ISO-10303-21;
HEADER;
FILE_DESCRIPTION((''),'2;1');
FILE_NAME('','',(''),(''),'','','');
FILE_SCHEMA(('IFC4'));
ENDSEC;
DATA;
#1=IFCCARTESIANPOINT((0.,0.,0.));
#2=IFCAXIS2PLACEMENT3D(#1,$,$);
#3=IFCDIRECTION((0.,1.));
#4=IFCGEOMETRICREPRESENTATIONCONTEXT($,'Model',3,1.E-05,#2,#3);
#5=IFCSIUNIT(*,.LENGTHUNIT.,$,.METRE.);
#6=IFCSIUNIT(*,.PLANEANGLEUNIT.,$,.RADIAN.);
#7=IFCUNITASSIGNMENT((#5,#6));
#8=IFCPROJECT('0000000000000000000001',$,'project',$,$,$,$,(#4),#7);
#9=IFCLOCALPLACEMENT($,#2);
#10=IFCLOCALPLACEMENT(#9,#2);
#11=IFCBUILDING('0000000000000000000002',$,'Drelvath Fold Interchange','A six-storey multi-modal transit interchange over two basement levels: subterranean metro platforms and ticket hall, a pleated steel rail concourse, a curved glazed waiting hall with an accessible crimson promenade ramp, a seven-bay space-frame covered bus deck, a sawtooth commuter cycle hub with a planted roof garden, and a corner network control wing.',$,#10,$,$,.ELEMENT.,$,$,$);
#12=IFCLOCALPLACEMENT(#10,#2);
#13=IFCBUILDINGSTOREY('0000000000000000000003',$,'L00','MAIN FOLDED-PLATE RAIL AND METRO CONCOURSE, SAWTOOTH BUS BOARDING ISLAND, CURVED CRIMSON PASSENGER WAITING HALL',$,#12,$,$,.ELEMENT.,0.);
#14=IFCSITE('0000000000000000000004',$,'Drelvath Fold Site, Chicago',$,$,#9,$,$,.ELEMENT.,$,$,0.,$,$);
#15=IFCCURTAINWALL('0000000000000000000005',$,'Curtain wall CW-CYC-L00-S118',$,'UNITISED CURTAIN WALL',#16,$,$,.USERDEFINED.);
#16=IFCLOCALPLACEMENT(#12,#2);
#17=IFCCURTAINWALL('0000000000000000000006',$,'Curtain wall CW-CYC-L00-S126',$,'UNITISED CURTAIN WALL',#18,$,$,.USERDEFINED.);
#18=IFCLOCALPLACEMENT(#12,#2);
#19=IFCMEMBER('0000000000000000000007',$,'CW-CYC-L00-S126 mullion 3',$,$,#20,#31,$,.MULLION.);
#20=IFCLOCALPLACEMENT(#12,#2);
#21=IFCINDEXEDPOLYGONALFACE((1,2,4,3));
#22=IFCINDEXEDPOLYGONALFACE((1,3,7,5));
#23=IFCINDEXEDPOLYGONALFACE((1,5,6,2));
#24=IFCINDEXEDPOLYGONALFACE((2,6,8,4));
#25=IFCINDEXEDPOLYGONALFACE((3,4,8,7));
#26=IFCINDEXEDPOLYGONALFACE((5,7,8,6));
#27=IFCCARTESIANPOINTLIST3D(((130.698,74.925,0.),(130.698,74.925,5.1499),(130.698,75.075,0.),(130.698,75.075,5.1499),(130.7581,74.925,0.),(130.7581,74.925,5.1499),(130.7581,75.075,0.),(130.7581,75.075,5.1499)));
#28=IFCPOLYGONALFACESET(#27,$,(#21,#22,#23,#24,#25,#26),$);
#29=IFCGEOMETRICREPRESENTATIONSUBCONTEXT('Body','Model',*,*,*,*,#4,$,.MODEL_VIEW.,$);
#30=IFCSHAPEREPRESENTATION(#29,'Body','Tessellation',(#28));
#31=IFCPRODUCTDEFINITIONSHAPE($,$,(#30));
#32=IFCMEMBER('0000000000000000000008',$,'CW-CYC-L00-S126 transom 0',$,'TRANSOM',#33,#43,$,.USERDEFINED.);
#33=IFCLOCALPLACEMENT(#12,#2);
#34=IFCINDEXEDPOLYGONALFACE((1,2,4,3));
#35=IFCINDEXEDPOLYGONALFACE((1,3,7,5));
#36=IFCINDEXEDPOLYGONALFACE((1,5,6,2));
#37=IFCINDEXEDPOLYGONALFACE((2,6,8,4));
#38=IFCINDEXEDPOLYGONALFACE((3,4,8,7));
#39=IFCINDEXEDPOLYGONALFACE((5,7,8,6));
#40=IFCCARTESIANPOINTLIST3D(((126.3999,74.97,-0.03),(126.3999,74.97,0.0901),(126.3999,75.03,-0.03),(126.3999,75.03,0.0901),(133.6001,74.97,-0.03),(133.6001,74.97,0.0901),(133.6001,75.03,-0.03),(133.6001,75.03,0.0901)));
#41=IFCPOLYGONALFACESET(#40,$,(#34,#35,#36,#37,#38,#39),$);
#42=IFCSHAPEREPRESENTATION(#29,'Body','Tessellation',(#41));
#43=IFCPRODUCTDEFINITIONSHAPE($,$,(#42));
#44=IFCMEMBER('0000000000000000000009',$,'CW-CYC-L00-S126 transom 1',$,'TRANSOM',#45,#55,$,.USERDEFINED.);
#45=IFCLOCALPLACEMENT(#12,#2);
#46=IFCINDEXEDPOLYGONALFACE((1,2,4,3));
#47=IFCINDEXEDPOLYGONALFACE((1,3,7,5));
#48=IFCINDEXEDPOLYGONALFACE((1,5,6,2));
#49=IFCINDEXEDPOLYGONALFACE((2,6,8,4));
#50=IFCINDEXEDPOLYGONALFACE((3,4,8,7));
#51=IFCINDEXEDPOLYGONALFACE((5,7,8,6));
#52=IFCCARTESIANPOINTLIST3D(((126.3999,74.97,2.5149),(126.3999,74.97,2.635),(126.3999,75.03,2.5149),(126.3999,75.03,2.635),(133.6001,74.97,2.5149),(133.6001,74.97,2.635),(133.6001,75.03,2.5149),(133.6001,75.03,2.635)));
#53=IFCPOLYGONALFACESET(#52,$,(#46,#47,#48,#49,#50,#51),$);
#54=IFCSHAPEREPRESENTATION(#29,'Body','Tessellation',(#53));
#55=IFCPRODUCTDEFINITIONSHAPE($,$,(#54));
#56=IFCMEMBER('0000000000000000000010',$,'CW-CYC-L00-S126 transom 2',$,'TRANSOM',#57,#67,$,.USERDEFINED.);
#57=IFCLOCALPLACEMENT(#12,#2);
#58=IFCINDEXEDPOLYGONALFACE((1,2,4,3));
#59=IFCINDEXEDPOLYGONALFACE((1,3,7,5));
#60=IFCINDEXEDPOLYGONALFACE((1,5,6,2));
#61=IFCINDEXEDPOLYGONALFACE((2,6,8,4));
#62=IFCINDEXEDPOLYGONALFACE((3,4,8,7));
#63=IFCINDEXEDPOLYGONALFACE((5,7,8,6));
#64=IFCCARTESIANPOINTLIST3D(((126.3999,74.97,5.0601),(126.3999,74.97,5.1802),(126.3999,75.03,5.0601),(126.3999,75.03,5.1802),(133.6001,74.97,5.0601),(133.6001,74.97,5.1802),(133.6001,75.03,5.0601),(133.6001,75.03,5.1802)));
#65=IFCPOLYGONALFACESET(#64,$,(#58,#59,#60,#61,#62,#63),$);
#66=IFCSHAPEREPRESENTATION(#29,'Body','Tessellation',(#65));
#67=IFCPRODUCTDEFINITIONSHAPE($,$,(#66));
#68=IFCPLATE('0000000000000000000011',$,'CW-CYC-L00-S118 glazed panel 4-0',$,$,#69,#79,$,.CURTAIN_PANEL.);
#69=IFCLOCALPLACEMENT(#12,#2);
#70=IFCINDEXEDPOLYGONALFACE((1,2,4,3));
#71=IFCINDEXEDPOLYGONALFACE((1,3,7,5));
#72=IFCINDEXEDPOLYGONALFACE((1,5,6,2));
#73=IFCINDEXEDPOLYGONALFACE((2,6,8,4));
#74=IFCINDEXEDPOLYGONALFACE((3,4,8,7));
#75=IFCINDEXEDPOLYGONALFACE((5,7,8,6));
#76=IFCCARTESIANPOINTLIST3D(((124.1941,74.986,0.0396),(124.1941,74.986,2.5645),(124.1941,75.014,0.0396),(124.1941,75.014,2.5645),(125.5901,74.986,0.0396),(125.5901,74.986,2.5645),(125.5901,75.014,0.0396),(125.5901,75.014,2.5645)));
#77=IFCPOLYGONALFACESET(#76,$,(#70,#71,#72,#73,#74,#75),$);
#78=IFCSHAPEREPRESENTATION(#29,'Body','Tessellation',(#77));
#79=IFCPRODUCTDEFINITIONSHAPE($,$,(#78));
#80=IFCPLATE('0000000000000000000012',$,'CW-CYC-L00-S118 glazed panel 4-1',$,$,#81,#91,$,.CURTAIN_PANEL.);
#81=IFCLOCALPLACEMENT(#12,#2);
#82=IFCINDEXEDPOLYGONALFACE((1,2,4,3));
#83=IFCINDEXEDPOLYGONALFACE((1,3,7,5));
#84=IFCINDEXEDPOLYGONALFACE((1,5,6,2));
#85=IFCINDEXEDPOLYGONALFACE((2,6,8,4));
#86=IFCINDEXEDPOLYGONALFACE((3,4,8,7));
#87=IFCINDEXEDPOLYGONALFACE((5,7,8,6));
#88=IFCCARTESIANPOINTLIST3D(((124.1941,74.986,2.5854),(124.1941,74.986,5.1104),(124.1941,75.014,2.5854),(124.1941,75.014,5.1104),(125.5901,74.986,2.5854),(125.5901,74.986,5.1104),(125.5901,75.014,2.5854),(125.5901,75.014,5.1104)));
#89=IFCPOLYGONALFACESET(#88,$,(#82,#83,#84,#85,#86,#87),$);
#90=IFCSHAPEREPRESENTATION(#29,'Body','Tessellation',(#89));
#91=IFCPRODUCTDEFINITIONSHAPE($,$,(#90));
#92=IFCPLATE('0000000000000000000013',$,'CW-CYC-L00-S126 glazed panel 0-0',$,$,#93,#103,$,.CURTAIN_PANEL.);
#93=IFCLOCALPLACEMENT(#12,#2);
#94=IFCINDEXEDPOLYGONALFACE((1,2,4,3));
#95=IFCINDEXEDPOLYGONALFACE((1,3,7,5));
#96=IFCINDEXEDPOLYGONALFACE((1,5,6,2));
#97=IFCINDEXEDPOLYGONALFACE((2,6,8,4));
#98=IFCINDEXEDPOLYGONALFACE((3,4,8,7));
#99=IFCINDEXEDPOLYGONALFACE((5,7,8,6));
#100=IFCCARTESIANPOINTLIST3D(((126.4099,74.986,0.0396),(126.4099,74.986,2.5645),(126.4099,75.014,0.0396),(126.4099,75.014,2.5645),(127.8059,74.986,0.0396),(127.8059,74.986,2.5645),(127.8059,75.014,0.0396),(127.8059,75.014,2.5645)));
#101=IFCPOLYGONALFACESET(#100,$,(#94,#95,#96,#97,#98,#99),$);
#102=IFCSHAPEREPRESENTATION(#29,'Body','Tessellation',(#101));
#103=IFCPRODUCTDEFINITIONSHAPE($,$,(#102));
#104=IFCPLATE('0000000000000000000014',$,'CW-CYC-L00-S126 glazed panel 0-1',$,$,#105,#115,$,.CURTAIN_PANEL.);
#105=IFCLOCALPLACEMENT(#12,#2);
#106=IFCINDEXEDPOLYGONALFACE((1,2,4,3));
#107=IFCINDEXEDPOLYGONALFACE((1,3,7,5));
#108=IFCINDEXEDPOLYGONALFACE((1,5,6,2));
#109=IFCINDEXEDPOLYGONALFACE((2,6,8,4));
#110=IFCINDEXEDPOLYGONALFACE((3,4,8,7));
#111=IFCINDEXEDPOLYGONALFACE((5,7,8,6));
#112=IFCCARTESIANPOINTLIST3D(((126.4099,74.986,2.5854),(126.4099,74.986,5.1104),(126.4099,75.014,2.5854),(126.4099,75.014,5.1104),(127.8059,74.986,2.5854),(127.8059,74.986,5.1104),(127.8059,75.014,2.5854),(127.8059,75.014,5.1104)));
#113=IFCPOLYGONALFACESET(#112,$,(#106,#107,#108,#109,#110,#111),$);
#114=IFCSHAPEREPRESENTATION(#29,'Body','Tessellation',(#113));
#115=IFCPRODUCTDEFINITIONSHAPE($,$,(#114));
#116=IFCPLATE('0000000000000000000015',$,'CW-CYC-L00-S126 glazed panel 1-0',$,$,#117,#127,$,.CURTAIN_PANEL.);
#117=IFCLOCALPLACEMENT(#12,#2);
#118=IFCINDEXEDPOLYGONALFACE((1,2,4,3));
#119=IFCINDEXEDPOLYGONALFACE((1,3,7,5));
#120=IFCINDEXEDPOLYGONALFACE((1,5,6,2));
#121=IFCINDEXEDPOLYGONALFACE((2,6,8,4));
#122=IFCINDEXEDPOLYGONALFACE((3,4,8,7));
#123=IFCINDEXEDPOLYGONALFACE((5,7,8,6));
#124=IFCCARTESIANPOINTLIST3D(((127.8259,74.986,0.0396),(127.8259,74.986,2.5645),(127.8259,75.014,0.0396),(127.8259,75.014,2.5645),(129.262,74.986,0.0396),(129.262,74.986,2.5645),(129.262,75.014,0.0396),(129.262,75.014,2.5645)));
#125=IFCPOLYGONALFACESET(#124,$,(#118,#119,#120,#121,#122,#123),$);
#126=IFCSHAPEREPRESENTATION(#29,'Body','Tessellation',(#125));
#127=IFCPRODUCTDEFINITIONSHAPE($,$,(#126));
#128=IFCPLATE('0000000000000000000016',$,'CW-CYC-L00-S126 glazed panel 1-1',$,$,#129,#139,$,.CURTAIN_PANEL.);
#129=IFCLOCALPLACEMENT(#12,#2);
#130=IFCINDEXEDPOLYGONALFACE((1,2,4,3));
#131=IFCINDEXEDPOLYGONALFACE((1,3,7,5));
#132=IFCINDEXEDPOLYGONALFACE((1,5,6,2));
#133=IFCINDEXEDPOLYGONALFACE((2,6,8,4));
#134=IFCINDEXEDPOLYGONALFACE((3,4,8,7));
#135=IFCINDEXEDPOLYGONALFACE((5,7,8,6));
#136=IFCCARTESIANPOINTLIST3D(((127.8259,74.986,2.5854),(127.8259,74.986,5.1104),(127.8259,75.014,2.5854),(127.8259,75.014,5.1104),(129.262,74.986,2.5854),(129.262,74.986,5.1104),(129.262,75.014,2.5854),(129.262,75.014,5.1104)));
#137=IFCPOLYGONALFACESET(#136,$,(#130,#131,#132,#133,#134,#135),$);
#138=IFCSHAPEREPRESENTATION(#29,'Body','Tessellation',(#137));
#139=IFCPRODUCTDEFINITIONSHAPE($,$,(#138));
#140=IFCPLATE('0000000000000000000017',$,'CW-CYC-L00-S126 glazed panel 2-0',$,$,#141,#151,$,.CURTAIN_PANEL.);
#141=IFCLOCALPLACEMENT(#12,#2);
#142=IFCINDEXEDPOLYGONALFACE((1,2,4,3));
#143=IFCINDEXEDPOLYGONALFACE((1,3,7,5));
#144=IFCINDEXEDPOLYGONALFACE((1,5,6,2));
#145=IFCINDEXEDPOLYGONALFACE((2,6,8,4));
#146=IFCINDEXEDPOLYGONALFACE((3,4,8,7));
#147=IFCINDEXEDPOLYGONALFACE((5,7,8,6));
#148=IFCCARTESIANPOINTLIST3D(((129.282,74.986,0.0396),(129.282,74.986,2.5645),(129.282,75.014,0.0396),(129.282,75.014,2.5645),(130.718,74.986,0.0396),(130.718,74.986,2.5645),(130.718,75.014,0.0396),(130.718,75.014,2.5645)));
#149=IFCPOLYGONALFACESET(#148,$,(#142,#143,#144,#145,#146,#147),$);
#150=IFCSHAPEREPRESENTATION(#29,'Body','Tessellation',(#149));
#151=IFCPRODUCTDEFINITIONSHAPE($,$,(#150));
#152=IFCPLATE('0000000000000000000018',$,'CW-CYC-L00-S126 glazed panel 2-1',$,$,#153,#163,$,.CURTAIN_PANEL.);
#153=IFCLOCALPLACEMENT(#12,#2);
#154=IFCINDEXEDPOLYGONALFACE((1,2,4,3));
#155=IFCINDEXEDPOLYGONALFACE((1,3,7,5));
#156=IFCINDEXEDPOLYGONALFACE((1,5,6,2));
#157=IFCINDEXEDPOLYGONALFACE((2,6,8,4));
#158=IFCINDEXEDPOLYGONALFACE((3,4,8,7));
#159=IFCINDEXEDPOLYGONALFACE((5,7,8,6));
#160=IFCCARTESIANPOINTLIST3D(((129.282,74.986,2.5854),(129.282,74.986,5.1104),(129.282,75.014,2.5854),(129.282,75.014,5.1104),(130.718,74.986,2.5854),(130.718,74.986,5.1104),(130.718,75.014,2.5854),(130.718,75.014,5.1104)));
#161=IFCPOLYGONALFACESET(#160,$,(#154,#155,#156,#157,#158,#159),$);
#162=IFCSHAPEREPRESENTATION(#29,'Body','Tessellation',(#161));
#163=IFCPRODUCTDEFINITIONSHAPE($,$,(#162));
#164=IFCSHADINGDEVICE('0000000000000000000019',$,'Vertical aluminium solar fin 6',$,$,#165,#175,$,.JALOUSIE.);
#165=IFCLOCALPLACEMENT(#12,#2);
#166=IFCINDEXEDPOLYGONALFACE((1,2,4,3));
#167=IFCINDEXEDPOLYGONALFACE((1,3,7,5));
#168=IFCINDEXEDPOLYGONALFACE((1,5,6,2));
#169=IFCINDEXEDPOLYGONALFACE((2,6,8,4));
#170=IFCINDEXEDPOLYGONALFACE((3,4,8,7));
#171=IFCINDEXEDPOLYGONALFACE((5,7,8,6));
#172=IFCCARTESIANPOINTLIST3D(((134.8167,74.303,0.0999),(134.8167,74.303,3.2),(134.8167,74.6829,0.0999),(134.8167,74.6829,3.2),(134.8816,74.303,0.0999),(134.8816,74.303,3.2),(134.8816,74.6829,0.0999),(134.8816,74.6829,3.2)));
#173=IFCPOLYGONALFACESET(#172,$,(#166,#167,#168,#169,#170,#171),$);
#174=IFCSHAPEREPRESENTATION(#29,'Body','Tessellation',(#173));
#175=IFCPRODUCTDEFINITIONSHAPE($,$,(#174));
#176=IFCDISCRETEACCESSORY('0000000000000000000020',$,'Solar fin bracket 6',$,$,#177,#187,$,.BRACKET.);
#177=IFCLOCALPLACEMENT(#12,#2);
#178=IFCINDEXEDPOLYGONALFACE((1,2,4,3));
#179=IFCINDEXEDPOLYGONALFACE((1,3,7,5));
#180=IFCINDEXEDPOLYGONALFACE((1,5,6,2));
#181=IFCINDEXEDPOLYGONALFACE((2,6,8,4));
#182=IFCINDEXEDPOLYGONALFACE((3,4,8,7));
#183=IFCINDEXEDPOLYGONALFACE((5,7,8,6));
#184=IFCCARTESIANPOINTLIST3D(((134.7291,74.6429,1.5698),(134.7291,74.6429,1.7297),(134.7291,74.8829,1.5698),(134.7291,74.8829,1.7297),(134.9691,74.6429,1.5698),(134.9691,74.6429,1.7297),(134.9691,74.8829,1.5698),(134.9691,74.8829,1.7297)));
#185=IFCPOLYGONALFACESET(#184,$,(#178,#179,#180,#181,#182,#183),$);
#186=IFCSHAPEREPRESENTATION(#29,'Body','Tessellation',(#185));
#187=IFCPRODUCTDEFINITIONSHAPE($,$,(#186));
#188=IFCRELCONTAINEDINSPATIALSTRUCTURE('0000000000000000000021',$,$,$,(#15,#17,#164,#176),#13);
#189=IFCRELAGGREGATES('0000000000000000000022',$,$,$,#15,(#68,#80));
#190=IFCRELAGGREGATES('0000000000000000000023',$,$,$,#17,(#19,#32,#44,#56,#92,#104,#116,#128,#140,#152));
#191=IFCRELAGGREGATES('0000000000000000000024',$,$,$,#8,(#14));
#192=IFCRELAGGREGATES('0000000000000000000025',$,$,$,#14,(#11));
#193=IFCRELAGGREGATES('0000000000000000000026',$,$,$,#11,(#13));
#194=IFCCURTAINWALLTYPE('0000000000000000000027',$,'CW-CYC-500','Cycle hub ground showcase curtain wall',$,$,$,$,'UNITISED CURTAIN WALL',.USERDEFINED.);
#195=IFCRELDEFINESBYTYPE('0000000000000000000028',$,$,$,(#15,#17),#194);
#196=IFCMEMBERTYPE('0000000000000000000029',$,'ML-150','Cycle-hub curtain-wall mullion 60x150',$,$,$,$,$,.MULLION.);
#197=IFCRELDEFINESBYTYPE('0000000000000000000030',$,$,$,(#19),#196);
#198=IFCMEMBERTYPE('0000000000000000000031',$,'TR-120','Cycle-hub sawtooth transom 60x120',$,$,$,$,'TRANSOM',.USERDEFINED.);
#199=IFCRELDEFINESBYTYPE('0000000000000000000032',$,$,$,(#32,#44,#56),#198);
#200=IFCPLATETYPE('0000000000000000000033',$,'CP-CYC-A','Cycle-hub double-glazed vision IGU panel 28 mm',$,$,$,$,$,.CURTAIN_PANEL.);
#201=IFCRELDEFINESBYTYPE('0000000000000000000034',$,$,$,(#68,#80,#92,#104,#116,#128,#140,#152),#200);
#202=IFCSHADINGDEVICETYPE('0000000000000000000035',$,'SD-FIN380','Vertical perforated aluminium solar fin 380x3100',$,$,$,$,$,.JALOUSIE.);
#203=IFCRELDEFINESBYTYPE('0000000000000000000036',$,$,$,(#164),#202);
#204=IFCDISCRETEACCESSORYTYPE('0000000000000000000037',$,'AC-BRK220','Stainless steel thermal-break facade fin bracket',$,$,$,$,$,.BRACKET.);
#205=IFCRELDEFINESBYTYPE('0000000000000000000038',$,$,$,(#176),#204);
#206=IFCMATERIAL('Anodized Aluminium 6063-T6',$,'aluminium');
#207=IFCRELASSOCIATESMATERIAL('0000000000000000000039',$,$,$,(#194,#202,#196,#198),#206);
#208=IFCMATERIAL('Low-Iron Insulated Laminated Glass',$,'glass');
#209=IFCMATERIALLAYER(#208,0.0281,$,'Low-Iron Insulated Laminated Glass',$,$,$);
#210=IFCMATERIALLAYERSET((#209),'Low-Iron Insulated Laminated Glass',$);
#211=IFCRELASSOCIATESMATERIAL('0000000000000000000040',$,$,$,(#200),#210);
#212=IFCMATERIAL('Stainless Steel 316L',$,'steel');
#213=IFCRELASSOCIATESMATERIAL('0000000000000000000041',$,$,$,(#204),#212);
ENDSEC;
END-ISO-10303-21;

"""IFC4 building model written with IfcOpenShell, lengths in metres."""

from ifc_helpers import new_model, si_unit, direction, frame, origin, origin_2d, place, context, subcontext, project, spatial, rectangle, extrude, material, layer, layer_set, material_profile, profile_set, type_object, element, aggregate, save


model = new_model("IFC4")

# Units and contexts
model_context = context("Model", 3, precision=1e-05, world=origin(), true_north=direction((0.0, 1.0)))
body_context = subcontext(model_context, "Body", "Model", "MODEL_VIEW")
ifc_project = project(units=[si_unit("LENGTHUNIT", "METRE"), si_unit("PLANEANGLEUNIT", "RADIAN")], contexts=[model_context])

# Site, building, storey
site_placement = place(None, origin())
site = spatial("IfcSite", under=ifc_project, at=site_placement, Name="Drelvath Fold Site, Chicago", CompositionType="ELEMENT", RefElevation=0.0)
building_placement = place(site_placement, origin())
building = spatial("IfcBuilding", under=site, at=building_placement, Name="Drelvath Fold Interchange", Description="A six-storey multi-modal transit interchange over two basement levels: subterranean metro platforms and ticket hall, a pleated steel rail concourse, a curved glazed waiting hall with an accessible crimson promenade ramp, a seven-bay space-frame covered bus deck, a sawtooth commuter cycle hub with a planted roof garden, and a corner network control wing.", CompositionType="ELEMENT")
storey_placement = place(building_placement, origin())
storey = spatial("IfcBuildingStorey", under=building, at=storey_placement, Name="L00", Description="MAIN FOLDED-PLATE RAIL AND METRO CONCOURSE, SAWTOOTH BUS BOARDING ISLAND, CURVED CRIMSON PASSENGER WAITING HALL", CompositionType="ELEMENT", Elevation=0.0)

# Curtain wall
ifc_material_1 = material(Name="Anodized Aluminium 6063-T6", Category="aluminium")
curtain_wall_type = type_object("IfcCurtainWallType", Name="CW-CYC-500", Description="Cycle hub ground showcase curtain wall", ElementType="UNITISED CURTAIN WALL", PredefinedType="USERDEFINED", material=ifc_material_1)
curtain_wall_1_placement = place(storey_placement, origin())
curtain_wall_1 = element("IfcCurtainWall", 1, at=curtain_wall_1_placement, inside=storey, type_object=curtain_wall_type, Name="Curtain wall CW-CYC-L00-S118", ObjectType="UNITISED CURTAIN WALL", PredefinedType="USERDEFINED")
ifc_material_profile_1 = material_profile(ifc_material_1, rectangle(XDim=0.0601, YDim=0.1499, at=origin_2d()), Name="AL-M 60x150")
ifc_profile_set_1 = profile_set([ifc_material_profile_1], Name="Anodized Aluminium 6063-T6")
member_type_1 = type_object("IfcMemberType", Name="ML-150", Description="Cycle-hub curtain-wall mullion 60x150", PredefinedType="MULLION", material=ifc_profile_set_1)

# Curtain wall, members
curtain_wall_2_placement = place(storey_placement, origin())
curtain_wall_2 = element("IfcCurtainWall", 2, at=curtain_wall_2_placement, inside=storey, type_object=curtain_wall_type, Name="Curtain wall CW-CYC-L00-S126", ObjectType="UNITISED CURTAIN WALL", PredefinedType="USERDEFINED")
member_1_placement = place(storey_placement, frame((130.728, 75.0, 0.0), z_axis=(0.0, 0.0, 1.0), x_axis=(1.0, 0.0, 0.0)))
member_1 = element("IfcMember", 3, at=member_1_placement, type_object=member_type_1, Name="CW-CYC-L00-S126 mullion 3", PredefinedType="MULLION", context=body_context, shape_type="SweptSolid", body=[
    extrude(rectangle(XDim=0.0601, YDim=0.1499, at=origin_2d()), origin(), (0.0, 0.0, 1.0), 5.1499),
])
ifc_material_profile_2 = material_profile(ifc_material_1, rectangle(XDim=0.0601, YDim=0.1201, at=origin_2d()), Name="AL-T 60x120")
ifc_profile_set_2 = profile_set([ifc_material_profile_2], Name="Anodized Aluminium 6063-T6")
member_type_2 = type_object("IfcMemberType", Name="TR-120", Description="Cycle-hub sawtooth transom 60x120", ElementType="TRANSOM", PredefinedType="USERDEFINED", material=ifc_profile_set_2)
member_2_placement = place(storey_placement, frame((126.3999, 75.0, 0.03), z_axis=(1.0, 0.0, 0.0), x_axis=(0.0, 1.0, 0.0)))
member_2 = element("IfcMember", 4, at=member_2_placement, type_object=member_type_2, Name="CW-CYC-L00-S126 transom 0", ObjectType="TRANSOM", PredefinedType="USERDEFINED", context=body_context, shape_type="SweptSolid", body=[
    extrude(rectangle(XDim=0.0601, YDim=0.1201, at=origin_2d()), origin(), (0.0, 0.0, 1.0), 7.2002),
])
member_3_placement = place(storey_placement, frame((126.3999, 75.0, 2.575), z_axis=(1.0, 0.0, 0.0), x_axis=(0.0, 1.0, 0.0)))
member_3 = element("IfcMember", 5, at=member_3_placement, type_object=member_type_2, Name="CW-CYC-L00-S126 transom 1", ObjectType="TRANSOM", PredefinedType="USERDEFINED", context=body_context, shape_type="SweptSolid", body=[
    extrude(rectangle(XDim=0.0601, YDim=0.1201, at=origin_2d()), origin(), (0.0, 0.0, 1.0), 7.2002),
])
member_4_placement = place(storey_placement, frame((126.3999, 75.0, 5.1201), z_axis=(1.0, 0.0, 0.0), x_axis=(0.0, 1.0, 0.0)))
member_4 = element("IfcMember", 6, at=member_4_placement, type_object=member_type_2, Name="CW-CYC-L00-S126 transom 2", ObjectType="TRANSOM", PredefinedType="USERDEFINED", context=body_context, shape_type="SweptSolid", body=[
    extrude(rectangle(XDim=0.0601, YDim=0.1201, at=origin_2d()), origin(), (0.0, 0.0, 1.0), 7.2002),
])

# Plates
ifc_material_2 = material(Name="Low-Iron Insulated Laminated Glass", Category="glass")
ifc_layer = layer(ifc_material_2, 0.0281, Name="Low-Iron Insulated Laminated Glass")
ifc_layer_set = layer_set([ifc_layer], Name="Low-Iron Insulated Laminated Glass")
plate_type = type_object("IfcPlateType", Name="CP-CYC-A", Description="Cycle-hub double-glazed vision IGU panel 28 mm", PredefinedType="CURTAIN_PANEL", material=ifc_layer_set)
plate_1_placement = place(storey_placement, frame((124.8921, 75.0, 0.0396), z_axis=(0.0, 0.0, 1.0), x_axis=(1.0, 0.0, 0.0)))
plate_1 = element("IfcPlate", 7, at=plate_1_placement, type_object=plate_type, Name="CW-CYC-L00-S118 glazed panel 4-0", PredefinedType="CURTAIN_PANEL", context=body_context, shape_type="SweptSolid", body=[
    extrude(rectangle(XDim=1.396, YDim=0.0281, at=origin_2d()), origin(), (0.0, 0.0, 1.0), 2.5249),
])
plate_2_placement = place(storey_placement, frame((124.8921, 75.0, 2.5854), z_axis=(0.0, 0.0, 1.0), x_axis=(1.0, 0.0, 0.0)))
plate_2 = element("IfcPlate", 8, at=plate_2_placement, type_object=plate_type, Name="CW-CYC-L00-S118 glazed panel 4-1", PredefinedType="CURTAIN_PANEL", context=body_context, shape_type="SweptSolid", body=[
    extrude(rectangle(XDim=1.396, YDim=0.0281, at=origin_2d()), origin(), (0.0, 0.0, 1.0), 2.5249),
])
aggregate(curtain_wall_1, [plate_1, plate_2])
plate_3_placement = place(storey_placement, frame((127.1079, 75.0, 0.0396), z_axis=(0.0, 0.0, 1.0), x_axis=(1.0, 0.0, 0.0)))
plate_3 = element("IfcPlate", 9, at=plate_3_placement, type_object=plate_type, Name="CW-CYC-L00-S126 glazed panel 0-0", PredefinedType="CURTAIN_PANEL", context=body_context, shape_type="SweptSolid", body=[
    extrude(rectangle(XDim=1.396, YDim=0.0281, at=origin_2d()), origin(), (0.0, 0.0, 1.0), 2.5249),
])
plate_4_placement = place(storey_placement, frame((127.1079, 75.0, 2.5854), z_axis=(0.0, 0.0, 1.0), x_axis=(1.0, 0.0, 0.0)))
plate_4 = element("IfcPlate", 10, at=plate_4_placement, type_object=plate_type, Name="CW-CYC-L00-S126 glazed panel 0-1", PredefinedType="CURTAIN_PANEL", context=body_context, shape_type="SweptSolid", body=[
    extrude(rectangle(XDim=1.396, YDim=0.0281, at=origin_2d()), origin(), (0.0, 0.0, 1.0), 2.5249),
])
plate_5_placement = place(storey_placement, frame((128.5439, 75.0, 0.0396), z_axis=(0.0, 0.0, 1.0), x_axis=(1.0, 0.0, 0.0)))
plate_5 = element("IfcPlate", 11, at=plate_5_placement, type_object=plate_type, Name="CW-CYC-L00-S126 glazed panel 1-0", PredefinedType="CURTAIN_PANEL", context=body_context, shape_type="SweptSolid", body=[
    extrude(rectangle(XDim=1.436, YDim=0.0281, at=origin_2d()), origin(), (0.0, 0.0, 1.0), 2.5249),
])
plate_6_placement = place(storey_placement, frame((128.5439, 75.0, 2.5854), z_axis=(0.0, 0.0, 1.0), x_axis=(1.0, 0.0, 0.0)))
plate_6 = element("IfcPlate", 12, at=plate_6_placement, type_object=plate_type, Name="CW-CYC-L00-S126 glazed panel 1-1", PredefinedType="CURTAIN_PANEL", context=body_context, shape_type="SweptSolid", body=[
    extrude(rectangle(XDim=1.436, YDim=0.0281, at=origin_2d()), origin(), (0.0, 0.0, 1.0), 2.5249),
])
plate_7_placement = place(storey_placement, frame((130.0, 75.0, 0.0396), z_axis=(0.0, 0.0, 1.0), x_axis=(1.0, 0.0, 0.0)))
plate_7 = element("IfcPlate", 13, at=plate_7_placement, type_object=plate_type, Name="CW-CYC-L00-S126 glazed panel 2-0", PredefinedType="CURTAIN_PANEL", context=body_context, shape_type="SweptSolid", body=[
    extrude(rectangle(XDim=1.436, YDim=0.0281, at=origin_2d()), origin(), (0.0, 0.0, 1.0), 2.5249),
])
plate_8_placement = place(storey_placement, frame((130.0, 75.0, 2.5854), z_axis=(0.0, 0.0, 1.0), x_axis=(1.0, 0.0, 0.0)))
plate_8 = element("IfcPlate", 14, at=plate_8_placement, type_object=plate_type, Name="CW-CYC-L00-S126 glazed panel 2-1", PredefinedType="CURTAIN_PANEL", context=body_context, shape_type="SweptSolid", body=[
    extrude(rectangle(XDim=1.436, YDim=0.0281, at=origin_2d()), origin(), (0.0, 0.0, 1.0), 2.5249),
])
aggregate(curtain_wall_2, [member_1, member_2, member_3, member_4, plate_3, plate_4, plate_5, plate_6, plate_7, plate_8])

# Shading device
shading_device_type = type_object("IfcShadingDeviceType", Name="SD-FIN380", Description="Vertical perforated aluminium solar fin 380x3100", PredefinedType="JALOUSIE", material=ifc_material_1)
shading_device_placement = place(storey_placement, frame((134.8491, 74.4929, 0.0999), z_axis=(0.0, 0.0, 1.0), x_axis=(0.0, 1.0, 0.0)))
element("IfcShadingDevice", 15, at=shading_device_placement, inside=storey, type_object=shading_device_type, Name="Vertical aluminium solar fin 6", PredefinedType="JALOUSIE", context=body_context, shape_type="SweptSolid", body=[
    extrude(rectangle(XDim=0.3799, YDim=0.0649, at=origin_2d()), origin(), (0.0, 0.0, 1.0), 3.1001),
])

# Discrete accessory
ifc_material_3 = material(Name="Stainless Steel 316L", Category="steel")
discrete_accessory_type = type_object("IfcDiscreteAccessoryType", Name="AC-BRK220", Description="Stainless steel thermal-break facade fin bracket", PredefinedType="BRACKET", material=ifc_material_3)
discrete_accessory_placement = place(storey_placement, frame((134.8491, 74.7629, 1.5698), z_axis=(0.0, 0.0, 1.0), x_axis=(0.0, 1.0, 0.0)))
element("IfcDiscreteAccessory", 16, at=discrete_accessory_placement, inside=storey, type_object=discrete_accessory_type, Name="Solar fin bracket 6", PredefinedType="BRACKET", context=body_context, shape_type="SweptSolid", body=[
    extrude(rectangle(XDim=0.24, YDim=0.24, at=origin_2d()), origin(), (0.0, 0.0, 1.0), 0.1599),
])

save(model, "model.ifc")
